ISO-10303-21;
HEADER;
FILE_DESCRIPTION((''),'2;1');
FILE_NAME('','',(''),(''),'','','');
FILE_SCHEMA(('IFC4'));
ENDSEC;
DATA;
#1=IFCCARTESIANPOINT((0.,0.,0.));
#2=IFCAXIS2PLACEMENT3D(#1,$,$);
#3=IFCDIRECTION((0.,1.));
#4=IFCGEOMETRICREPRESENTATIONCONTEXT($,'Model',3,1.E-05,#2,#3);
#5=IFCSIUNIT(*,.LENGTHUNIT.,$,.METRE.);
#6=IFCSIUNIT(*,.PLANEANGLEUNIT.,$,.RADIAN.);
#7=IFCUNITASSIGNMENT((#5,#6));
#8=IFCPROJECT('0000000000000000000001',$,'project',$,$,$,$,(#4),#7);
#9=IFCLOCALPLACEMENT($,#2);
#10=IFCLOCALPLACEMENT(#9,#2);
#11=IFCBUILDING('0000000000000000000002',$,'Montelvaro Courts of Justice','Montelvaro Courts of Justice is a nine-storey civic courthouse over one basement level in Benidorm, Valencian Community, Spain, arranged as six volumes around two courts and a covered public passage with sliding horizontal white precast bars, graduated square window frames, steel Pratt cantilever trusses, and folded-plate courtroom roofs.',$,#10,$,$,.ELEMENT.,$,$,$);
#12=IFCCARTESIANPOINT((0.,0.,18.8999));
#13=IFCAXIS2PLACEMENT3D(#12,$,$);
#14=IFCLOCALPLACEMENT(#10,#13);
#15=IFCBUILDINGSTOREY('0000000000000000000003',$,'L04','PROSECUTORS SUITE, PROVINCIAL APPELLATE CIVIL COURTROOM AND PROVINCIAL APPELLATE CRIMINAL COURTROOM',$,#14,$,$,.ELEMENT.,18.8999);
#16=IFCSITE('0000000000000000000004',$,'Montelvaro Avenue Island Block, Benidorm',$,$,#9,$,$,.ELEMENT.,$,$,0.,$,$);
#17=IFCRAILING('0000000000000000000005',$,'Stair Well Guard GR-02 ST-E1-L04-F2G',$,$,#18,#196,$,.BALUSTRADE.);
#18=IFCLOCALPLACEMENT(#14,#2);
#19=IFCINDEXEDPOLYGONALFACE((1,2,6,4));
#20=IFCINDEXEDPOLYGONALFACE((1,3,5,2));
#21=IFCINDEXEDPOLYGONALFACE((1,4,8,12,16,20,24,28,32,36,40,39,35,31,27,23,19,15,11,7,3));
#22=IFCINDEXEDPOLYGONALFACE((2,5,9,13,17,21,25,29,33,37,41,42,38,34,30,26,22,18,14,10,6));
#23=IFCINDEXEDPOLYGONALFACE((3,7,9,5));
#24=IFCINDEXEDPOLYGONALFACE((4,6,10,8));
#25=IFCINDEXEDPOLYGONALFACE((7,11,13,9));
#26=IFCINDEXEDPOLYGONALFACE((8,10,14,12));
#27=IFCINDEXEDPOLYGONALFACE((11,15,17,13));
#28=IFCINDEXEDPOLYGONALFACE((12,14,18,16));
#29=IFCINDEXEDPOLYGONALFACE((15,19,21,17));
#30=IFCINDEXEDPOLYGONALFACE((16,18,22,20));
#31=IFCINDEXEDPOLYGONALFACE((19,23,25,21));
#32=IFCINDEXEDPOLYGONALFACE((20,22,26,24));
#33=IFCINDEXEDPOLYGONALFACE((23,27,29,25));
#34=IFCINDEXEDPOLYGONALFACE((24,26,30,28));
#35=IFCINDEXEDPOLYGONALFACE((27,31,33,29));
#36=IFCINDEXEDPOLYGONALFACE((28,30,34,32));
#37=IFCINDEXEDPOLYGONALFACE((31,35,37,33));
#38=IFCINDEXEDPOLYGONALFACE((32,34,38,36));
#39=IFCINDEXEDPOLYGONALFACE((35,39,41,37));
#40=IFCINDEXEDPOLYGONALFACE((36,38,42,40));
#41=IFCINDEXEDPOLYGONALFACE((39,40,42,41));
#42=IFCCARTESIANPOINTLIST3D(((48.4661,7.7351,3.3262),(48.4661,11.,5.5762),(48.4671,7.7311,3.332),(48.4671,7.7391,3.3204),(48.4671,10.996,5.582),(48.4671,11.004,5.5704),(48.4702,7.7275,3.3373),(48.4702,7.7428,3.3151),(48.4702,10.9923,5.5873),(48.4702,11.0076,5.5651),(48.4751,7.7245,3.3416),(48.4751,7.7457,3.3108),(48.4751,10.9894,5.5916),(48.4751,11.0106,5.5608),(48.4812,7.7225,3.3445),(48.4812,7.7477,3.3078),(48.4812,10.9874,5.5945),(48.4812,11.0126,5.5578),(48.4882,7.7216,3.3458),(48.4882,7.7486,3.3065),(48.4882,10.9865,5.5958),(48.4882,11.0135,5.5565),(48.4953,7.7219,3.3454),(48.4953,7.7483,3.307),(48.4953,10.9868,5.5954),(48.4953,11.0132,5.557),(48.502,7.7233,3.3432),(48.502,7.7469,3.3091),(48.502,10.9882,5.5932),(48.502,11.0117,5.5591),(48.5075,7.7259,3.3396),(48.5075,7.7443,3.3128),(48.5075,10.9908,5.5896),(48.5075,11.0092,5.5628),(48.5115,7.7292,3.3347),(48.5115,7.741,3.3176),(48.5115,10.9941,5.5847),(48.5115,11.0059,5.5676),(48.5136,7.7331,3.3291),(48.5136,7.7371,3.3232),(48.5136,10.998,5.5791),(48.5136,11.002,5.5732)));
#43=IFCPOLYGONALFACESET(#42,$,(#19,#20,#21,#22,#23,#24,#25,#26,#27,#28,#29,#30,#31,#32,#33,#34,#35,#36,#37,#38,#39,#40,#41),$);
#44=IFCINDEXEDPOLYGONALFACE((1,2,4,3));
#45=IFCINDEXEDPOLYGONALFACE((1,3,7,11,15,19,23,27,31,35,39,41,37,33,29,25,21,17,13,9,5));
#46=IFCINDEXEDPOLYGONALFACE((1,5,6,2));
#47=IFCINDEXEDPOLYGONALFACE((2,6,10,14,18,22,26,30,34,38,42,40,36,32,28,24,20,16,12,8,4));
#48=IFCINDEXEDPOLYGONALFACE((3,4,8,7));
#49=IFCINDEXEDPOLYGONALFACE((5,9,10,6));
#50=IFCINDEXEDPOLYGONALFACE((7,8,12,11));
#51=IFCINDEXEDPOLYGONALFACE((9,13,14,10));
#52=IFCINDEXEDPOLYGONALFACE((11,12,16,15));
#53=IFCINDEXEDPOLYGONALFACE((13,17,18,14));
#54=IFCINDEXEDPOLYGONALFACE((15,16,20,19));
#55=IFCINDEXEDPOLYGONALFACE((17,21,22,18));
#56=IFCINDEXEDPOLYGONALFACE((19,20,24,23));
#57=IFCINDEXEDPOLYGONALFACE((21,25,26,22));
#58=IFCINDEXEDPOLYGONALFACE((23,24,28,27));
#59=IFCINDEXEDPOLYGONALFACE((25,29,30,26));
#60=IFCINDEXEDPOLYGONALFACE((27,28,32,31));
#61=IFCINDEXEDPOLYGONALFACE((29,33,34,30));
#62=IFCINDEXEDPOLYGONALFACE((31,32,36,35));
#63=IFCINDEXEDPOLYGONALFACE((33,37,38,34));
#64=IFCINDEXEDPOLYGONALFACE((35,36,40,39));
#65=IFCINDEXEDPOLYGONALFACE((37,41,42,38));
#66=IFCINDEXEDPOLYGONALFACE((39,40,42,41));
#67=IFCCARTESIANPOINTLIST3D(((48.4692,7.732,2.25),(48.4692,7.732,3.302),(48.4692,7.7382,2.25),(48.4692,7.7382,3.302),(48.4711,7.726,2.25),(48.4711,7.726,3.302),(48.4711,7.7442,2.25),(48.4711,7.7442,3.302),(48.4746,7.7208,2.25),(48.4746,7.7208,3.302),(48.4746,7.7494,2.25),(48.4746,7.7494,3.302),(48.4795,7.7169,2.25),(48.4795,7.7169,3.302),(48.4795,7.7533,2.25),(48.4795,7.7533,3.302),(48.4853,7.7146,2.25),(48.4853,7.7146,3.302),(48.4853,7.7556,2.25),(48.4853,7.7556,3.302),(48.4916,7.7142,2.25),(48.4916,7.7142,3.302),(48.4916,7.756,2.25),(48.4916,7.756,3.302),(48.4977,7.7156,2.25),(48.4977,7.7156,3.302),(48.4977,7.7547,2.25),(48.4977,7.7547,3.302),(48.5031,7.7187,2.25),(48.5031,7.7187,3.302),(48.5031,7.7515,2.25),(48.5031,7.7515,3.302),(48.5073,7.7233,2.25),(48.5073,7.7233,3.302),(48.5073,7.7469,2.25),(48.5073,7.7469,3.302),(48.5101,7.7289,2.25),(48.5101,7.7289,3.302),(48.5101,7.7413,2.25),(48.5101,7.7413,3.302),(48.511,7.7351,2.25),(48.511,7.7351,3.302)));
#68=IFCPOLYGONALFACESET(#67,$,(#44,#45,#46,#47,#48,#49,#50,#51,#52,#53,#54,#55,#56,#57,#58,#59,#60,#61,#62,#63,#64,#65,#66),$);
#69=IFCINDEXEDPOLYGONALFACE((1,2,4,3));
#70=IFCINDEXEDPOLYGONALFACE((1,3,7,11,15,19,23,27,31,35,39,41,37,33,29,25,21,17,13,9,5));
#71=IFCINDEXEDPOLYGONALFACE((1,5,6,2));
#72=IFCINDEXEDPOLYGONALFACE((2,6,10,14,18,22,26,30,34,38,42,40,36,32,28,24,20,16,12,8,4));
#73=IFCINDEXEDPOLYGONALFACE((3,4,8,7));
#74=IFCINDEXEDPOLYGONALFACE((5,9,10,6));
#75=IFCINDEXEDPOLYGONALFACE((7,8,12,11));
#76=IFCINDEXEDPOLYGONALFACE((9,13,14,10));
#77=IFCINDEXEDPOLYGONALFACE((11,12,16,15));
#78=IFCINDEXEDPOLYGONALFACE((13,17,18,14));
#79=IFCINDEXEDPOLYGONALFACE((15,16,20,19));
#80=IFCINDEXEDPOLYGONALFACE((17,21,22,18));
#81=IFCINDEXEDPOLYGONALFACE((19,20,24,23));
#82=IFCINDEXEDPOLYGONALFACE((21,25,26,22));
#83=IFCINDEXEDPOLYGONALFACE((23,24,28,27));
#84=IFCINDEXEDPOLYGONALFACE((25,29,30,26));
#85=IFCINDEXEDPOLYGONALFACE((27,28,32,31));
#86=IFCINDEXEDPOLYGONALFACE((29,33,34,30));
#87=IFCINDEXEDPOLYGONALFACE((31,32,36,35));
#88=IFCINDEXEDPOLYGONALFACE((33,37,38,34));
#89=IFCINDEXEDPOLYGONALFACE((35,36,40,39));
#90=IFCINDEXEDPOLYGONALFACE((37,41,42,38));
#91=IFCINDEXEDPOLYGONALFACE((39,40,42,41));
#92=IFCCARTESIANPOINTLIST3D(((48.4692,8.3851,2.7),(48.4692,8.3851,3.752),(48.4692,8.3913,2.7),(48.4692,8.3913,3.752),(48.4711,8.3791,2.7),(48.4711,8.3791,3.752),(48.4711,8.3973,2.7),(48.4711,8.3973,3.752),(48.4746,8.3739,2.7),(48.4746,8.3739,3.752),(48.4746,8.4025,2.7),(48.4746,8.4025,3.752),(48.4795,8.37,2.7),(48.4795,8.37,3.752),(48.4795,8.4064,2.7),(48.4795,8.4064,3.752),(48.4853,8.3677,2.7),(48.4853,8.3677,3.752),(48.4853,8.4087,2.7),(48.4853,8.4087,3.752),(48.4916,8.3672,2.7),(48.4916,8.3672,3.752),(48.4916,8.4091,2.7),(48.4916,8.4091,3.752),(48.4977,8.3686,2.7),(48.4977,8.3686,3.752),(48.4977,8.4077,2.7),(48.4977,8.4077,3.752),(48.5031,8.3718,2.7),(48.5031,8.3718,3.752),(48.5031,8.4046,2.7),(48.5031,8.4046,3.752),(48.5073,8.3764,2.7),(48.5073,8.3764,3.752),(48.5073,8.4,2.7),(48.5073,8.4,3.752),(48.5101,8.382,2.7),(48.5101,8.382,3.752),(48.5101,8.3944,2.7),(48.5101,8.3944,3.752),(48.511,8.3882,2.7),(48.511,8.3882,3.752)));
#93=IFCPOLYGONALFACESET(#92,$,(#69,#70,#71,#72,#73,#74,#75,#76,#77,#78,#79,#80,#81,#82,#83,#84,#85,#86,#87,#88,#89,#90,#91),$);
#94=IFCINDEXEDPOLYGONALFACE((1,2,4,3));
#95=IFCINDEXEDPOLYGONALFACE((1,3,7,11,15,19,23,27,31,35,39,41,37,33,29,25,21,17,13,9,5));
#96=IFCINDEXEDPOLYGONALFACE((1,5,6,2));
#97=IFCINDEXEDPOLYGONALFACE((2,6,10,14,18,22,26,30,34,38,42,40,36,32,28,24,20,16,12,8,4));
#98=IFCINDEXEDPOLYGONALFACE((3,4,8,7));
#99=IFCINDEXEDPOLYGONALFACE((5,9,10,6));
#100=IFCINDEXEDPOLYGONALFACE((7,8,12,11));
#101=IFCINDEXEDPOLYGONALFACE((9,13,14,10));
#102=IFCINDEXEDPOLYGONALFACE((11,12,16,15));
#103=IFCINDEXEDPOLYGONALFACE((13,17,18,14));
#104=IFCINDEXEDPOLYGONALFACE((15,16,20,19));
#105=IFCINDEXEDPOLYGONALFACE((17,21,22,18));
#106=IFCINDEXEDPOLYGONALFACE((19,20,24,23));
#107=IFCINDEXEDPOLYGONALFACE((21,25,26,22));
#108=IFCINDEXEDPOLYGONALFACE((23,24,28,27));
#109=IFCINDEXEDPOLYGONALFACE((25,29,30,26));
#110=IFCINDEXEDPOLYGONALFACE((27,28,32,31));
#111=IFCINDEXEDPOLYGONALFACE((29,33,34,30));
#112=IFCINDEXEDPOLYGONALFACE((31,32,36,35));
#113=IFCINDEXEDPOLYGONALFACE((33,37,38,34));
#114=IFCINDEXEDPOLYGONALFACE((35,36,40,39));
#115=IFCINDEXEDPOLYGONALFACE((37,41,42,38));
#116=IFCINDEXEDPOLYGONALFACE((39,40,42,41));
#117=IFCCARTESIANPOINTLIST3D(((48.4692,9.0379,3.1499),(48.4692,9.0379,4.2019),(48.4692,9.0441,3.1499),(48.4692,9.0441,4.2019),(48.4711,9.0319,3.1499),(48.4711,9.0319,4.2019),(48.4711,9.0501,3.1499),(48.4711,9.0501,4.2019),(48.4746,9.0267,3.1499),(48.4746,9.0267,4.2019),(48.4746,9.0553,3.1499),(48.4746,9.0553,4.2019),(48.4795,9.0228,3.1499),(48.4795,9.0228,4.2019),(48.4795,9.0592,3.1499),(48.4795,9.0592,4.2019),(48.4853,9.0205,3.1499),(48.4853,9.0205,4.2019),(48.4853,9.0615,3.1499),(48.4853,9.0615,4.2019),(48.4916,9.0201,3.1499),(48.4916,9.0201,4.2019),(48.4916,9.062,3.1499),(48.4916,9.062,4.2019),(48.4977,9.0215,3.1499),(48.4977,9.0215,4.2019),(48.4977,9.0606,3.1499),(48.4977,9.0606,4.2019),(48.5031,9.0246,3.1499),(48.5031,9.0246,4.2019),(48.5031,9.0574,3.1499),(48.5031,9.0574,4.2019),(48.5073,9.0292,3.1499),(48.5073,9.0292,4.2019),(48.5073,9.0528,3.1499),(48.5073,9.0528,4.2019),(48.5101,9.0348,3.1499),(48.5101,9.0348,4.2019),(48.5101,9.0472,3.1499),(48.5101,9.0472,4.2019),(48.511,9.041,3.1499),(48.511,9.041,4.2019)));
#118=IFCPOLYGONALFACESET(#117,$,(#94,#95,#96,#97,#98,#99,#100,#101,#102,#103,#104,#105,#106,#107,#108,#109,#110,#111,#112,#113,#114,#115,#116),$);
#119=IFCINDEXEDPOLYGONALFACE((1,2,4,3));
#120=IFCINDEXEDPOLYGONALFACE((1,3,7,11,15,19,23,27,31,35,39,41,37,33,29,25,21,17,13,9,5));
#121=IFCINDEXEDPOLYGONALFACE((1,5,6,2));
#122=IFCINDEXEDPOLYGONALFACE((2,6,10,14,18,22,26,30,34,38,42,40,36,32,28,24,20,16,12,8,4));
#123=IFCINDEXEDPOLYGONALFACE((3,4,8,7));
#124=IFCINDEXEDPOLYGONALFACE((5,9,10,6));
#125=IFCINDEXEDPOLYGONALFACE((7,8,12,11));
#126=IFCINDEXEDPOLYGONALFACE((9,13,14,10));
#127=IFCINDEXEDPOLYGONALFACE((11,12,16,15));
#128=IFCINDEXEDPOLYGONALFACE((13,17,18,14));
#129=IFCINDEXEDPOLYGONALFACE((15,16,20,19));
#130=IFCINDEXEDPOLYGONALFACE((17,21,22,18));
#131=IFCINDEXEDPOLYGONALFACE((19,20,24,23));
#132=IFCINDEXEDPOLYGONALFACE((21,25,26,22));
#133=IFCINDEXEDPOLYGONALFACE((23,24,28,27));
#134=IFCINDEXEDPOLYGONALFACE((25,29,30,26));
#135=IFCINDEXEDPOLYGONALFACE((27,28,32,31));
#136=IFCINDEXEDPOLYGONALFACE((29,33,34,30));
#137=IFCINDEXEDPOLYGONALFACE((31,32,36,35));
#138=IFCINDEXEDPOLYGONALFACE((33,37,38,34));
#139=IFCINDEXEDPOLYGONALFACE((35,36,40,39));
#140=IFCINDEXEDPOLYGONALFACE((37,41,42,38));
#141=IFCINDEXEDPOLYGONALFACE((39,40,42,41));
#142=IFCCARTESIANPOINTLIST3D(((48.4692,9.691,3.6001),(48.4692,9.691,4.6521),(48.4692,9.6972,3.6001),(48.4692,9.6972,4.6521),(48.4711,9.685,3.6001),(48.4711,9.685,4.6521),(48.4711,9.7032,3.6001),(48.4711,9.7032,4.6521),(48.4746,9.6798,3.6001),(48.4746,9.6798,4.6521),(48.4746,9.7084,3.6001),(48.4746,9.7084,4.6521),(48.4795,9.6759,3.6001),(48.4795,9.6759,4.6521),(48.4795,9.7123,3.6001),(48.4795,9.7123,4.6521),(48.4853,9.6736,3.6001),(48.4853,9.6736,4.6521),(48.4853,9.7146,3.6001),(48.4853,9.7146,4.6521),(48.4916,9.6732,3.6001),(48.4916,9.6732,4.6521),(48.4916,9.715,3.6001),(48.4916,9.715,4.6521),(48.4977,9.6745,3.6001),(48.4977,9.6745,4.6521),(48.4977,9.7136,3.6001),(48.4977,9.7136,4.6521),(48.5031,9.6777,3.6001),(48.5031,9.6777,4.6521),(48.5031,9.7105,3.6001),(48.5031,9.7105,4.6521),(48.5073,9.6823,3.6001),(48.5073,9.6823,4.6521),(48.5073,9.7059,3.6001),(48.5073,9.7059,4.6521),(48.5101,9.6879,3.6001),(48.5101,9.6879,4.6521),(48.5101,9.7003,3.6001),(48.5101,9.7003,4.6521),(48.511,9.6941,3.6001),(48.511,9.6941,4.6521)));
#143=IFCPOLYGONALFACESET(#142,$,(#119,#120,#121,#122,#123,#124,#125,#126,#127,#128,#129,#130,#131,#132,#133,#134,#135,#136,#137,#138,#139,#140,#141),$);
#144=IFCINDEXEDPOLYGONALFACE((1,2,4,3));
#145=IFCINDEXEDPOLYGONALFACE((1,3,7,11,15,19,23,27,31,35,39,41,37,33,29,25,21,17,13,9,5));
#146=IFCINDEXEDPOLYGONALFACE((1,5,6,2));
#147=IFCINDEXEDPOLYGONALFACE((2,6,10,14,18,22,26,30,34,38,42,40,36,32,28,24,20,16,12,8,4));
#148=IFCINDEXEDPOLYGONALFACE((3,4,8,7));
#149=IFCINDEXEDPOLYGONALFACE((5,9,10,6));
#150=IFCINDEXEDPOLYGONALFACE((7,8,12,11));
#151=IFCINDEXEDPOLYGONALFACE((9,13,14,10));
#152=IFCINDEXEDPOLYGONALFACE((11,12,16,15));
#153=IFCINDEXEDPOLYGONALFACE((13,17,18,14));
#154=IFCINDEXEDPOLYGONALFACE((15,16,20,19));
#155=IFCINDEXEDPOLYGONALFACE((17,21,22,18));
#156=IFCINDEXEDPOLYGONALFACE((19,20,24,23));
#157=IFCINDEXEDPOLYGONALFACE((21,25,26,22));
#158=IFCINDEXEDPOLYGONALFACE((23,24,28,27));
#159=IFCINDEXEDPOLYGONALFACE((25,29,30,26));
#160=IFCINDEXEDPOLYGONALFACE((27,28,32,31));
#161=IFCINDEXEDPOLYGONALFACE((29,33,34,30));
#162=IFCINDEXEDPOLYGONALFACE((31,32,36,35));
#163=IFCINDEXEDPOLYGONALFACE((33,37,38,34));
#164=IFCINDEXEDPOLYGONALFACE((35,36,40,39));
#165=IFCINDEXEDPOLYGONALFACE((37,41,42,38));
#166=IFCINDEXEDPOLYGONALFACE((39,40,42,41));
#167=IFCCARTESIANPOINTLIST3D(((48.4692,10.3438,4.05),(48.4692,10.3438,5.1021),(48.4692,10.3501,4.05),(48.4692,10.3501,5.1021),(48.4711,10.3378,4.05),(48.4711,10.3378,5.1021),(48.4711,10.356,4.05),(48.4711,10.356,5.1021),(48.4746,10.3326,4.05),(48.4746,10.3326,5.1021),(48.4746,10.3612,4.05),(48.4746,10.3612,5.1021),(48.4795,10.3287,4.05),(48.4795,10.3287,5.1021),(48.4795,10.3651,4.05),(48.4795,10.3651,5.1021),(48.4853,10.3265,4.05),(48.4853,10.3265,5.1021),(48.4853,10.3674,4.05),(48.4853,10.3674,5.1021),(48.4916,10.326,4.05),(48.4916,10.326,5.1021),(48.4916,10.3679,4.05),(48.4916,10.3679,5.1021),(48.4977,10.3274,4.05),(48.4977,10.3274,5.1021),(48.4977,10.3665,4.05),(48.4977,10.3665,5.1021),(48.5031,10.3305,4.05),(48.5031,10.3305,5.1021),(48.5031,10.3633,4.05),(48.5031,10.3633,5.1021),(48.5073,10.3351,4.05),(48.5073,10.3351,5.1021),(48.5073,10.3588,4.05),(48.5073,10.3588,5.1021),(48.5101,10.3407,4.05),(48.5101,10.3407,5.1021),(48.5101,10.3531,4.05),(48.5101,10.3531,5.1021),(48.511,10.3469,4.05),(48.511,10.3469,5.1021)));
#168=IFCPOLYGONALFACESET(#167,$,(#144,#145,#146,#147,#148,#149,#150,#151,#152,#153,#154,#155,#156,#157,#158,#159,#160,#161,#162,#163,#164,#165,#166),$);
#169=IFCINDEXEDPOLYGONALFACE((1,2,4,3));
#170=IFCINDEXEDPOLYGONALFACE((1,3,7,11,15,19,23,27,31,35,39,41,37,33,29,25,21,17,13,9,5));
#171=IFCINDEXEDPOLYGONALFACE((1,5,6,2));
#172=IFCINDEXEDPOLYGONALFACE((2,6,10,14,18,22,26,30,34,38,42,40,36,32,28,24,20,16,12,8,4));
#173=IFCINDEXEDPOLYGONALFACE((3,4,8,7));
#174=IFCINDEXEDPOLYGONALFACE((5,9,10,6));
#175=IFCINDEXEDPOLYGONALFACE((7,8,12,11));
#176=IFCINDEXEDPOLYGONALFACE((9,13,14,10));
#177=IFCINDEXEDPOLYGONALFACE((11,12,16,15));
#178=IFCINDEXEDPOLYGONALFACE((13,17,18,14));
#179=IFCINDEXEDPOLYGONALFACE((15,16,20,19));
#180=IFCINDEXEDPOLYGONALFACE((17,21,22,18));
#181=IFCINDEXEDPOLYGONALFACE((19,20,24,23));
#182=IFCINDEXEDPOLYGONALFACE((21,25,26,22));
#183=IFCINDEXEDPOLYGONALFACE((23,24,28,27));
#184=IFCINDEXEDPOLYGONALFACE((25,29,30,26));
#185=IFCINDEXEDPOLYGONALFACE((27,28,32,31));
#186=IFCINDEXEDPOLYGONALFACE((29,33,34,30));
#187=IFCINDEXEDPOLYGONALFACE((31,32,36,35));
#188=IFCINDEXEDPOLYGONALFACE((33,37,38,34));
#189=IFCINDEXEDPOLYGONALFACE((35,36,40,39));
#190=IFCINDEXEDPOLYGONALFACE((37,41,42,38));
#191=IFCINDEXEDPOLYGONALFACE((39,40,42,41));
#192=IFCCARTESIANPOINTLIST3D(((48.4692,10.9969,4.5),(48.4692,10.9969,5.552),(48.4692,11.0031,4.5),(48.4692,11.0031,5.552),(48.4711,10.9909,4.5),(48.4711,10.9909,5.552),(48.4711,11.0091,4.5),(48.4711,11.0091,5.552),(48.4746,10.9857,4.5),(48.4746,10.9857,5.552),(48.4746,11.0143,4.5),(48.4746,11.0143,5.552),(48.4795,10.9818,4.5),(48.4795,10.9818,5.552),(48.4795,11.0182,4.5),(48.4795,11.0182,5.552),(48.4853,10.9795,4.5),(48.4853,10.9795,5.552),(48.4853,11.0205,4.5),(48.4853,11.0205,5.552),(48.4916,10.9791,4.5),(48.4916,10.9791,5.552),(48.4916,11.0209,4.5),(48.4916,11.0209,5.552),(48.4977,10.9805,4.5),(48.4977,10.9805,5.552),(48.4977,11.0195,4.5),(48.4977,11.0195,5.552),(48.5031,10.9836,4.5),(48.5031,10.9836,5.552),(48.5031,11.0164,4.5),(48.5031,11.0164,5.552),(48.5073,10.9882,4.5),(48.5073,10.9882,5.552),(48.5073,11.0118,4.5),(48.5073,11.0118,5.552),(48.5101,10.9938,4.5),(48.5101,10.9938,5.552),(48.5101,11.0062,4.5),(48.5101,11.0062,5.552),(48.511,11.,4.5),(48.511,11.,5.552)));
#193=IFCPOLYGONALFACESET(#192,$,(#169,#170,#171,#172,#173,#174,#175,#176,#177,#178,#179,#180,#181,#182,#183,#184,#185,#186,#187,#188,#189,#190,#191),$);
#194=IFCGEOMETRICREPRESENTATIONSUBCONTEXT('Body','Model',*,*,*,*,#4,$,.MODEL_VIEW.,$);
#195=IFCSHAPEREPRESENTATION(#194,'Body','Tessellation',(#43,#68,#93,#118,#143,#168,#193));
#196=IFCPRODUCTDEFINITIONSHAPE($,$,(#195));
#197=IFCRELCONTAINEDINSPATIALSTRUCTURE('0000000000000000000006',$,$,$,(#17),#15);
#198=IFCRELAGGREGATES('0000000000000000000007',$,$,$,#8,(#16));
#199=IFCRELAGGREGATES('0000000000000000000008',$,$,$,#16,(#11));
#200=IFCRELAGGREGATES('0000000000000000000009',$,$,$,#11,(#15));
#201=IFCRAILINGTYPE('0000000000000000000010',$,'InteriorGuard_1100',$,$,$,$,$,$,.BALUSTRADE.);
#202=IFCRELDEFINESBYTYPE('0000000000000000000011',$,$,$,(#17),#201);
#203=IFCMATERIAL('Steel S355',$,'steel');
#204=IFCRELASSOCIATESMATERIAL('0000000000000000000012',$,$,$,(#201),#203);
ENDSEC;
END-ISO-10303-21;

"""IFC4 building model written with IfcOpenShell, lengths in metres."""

from ifc_helpers import new_model, si_unit, direction, frame, origin, origin_2d, place, context, subcontext, project, spatial, circle, extrude, material, type_object, element, save


model = new_model("IFC4")

# Units and contexts
model_context = context("Model", 3, precision=1e-05, world=origin(), true_north=direction((0.0, 1.0)))
body_context = subcontext(model_context, "Body", "Model", "MODEL_VIEW")
ifc_project = project(units=[si_unit("LENGTHUNIT", "METRE"), si_unit("PLANEANGLEUNIT", "RADIAN")], contexts=[model_context])

# Site, building, storey
site_placement = place(None, origin())
site = spatial("IfcSite", under=ifc_project, at=site_placement, Name="Montelvaro Avenue Island Block, Benidorm", CompositionType="ELEMENT", RefElevation=0.0)
building_placement = place(site_placement, origin())
building = spatial("IfcBuilding", under=site, at=building_placement, Name="Montelvaro Courts of Justice", Description="Montelvaro Courts of Justice is a nine-storey civic courthouse over one basement level in Benidorm, Valencian Community, Spain, arranged as six volumes around two courts and a covered public passage with sliding horizontal white precast bars, graduated square window frames, steel Pratt cantilever trusses, and folded-plate courtroom roofs.", CompositionType="ELEMENT")
storey_placement = place(building_placement, frame((0.0, 0.0, 18.8999)))
storey = spatial("IfcBuildingStorey", under=building, at=storey_placement, Name="L04", Description="PROSECUTORS SUITE, PROVINCIAL APPELLATE CIVIL COURTROOM AND PROVINCIAL APPELLATE CRIMINAL COURTROOM", CompositionType="ELEMENT", Elevation=18.8999)

# Shared definitions
ifc_material_1 = material(Name="Steel S355", Category="steel")

# Railing
railing_type_1 = type_object("IfcRailingType", Name="InteriorGuard_1100", PredefinedType="BALUSTRADE", material=ifc_material_1)
railing_1_placement = place(storey_placement, frame((48.49, 7.7351, 2.25)))
element("IfcRailing", 1, at=railing_1_placement, inside=storey, type_object=railing_type_1, Name="Stair Well Guard GR-02 ST-E1-L04-F2G", PredefinedType="BALUSTRADE", context=body_context, shape_type="SweptSolid", body=[
    extrude(circle(Radius=0.0239, at=origin_2d()), frame((0.0, 0.0, 1.0762), z_axis=(0.0, 0.823407, 0.567451), x_axis=(-1.0, 0.0, 0.0)), (0.0, 0.0, 1.0), 3.9651),
    extrude(circle(Radius=0.021, at=origin_2d()), origin(), (0.0, 0.0, 1.0), 1.052),
    extrude(circle(Radius=0.021, at=origin_2d()), frame((0.0, 0.6531, 0.45)), (0.0, 0.0, 1.0), 1.052),
    extrude(circle(Radius=0.021, at=origin_2d()), frame((0.0, 1.3059, 0.8999)), (0.0, 0.0, 1.0), 1.052),
    extrude(circle(Radius=0.021, at=origin_2d()), frame((0.0, 1.959, 1.3501)), (0.0, 0.0, 1.0), 1.052),
    extrude(circle(Radius=0.021, at=origin_2d()), frame((0.0, 2.6118, 1.8)), (0.0, 0.0, 1.0), 1.052),
    extrude(circle(Radius=0.021, at=origin_2d()), frame((0.0, 3.2649, 2.25)), (0.0, 0.0, 1.0), 1.052),
])

save(model, "model.ifc")
